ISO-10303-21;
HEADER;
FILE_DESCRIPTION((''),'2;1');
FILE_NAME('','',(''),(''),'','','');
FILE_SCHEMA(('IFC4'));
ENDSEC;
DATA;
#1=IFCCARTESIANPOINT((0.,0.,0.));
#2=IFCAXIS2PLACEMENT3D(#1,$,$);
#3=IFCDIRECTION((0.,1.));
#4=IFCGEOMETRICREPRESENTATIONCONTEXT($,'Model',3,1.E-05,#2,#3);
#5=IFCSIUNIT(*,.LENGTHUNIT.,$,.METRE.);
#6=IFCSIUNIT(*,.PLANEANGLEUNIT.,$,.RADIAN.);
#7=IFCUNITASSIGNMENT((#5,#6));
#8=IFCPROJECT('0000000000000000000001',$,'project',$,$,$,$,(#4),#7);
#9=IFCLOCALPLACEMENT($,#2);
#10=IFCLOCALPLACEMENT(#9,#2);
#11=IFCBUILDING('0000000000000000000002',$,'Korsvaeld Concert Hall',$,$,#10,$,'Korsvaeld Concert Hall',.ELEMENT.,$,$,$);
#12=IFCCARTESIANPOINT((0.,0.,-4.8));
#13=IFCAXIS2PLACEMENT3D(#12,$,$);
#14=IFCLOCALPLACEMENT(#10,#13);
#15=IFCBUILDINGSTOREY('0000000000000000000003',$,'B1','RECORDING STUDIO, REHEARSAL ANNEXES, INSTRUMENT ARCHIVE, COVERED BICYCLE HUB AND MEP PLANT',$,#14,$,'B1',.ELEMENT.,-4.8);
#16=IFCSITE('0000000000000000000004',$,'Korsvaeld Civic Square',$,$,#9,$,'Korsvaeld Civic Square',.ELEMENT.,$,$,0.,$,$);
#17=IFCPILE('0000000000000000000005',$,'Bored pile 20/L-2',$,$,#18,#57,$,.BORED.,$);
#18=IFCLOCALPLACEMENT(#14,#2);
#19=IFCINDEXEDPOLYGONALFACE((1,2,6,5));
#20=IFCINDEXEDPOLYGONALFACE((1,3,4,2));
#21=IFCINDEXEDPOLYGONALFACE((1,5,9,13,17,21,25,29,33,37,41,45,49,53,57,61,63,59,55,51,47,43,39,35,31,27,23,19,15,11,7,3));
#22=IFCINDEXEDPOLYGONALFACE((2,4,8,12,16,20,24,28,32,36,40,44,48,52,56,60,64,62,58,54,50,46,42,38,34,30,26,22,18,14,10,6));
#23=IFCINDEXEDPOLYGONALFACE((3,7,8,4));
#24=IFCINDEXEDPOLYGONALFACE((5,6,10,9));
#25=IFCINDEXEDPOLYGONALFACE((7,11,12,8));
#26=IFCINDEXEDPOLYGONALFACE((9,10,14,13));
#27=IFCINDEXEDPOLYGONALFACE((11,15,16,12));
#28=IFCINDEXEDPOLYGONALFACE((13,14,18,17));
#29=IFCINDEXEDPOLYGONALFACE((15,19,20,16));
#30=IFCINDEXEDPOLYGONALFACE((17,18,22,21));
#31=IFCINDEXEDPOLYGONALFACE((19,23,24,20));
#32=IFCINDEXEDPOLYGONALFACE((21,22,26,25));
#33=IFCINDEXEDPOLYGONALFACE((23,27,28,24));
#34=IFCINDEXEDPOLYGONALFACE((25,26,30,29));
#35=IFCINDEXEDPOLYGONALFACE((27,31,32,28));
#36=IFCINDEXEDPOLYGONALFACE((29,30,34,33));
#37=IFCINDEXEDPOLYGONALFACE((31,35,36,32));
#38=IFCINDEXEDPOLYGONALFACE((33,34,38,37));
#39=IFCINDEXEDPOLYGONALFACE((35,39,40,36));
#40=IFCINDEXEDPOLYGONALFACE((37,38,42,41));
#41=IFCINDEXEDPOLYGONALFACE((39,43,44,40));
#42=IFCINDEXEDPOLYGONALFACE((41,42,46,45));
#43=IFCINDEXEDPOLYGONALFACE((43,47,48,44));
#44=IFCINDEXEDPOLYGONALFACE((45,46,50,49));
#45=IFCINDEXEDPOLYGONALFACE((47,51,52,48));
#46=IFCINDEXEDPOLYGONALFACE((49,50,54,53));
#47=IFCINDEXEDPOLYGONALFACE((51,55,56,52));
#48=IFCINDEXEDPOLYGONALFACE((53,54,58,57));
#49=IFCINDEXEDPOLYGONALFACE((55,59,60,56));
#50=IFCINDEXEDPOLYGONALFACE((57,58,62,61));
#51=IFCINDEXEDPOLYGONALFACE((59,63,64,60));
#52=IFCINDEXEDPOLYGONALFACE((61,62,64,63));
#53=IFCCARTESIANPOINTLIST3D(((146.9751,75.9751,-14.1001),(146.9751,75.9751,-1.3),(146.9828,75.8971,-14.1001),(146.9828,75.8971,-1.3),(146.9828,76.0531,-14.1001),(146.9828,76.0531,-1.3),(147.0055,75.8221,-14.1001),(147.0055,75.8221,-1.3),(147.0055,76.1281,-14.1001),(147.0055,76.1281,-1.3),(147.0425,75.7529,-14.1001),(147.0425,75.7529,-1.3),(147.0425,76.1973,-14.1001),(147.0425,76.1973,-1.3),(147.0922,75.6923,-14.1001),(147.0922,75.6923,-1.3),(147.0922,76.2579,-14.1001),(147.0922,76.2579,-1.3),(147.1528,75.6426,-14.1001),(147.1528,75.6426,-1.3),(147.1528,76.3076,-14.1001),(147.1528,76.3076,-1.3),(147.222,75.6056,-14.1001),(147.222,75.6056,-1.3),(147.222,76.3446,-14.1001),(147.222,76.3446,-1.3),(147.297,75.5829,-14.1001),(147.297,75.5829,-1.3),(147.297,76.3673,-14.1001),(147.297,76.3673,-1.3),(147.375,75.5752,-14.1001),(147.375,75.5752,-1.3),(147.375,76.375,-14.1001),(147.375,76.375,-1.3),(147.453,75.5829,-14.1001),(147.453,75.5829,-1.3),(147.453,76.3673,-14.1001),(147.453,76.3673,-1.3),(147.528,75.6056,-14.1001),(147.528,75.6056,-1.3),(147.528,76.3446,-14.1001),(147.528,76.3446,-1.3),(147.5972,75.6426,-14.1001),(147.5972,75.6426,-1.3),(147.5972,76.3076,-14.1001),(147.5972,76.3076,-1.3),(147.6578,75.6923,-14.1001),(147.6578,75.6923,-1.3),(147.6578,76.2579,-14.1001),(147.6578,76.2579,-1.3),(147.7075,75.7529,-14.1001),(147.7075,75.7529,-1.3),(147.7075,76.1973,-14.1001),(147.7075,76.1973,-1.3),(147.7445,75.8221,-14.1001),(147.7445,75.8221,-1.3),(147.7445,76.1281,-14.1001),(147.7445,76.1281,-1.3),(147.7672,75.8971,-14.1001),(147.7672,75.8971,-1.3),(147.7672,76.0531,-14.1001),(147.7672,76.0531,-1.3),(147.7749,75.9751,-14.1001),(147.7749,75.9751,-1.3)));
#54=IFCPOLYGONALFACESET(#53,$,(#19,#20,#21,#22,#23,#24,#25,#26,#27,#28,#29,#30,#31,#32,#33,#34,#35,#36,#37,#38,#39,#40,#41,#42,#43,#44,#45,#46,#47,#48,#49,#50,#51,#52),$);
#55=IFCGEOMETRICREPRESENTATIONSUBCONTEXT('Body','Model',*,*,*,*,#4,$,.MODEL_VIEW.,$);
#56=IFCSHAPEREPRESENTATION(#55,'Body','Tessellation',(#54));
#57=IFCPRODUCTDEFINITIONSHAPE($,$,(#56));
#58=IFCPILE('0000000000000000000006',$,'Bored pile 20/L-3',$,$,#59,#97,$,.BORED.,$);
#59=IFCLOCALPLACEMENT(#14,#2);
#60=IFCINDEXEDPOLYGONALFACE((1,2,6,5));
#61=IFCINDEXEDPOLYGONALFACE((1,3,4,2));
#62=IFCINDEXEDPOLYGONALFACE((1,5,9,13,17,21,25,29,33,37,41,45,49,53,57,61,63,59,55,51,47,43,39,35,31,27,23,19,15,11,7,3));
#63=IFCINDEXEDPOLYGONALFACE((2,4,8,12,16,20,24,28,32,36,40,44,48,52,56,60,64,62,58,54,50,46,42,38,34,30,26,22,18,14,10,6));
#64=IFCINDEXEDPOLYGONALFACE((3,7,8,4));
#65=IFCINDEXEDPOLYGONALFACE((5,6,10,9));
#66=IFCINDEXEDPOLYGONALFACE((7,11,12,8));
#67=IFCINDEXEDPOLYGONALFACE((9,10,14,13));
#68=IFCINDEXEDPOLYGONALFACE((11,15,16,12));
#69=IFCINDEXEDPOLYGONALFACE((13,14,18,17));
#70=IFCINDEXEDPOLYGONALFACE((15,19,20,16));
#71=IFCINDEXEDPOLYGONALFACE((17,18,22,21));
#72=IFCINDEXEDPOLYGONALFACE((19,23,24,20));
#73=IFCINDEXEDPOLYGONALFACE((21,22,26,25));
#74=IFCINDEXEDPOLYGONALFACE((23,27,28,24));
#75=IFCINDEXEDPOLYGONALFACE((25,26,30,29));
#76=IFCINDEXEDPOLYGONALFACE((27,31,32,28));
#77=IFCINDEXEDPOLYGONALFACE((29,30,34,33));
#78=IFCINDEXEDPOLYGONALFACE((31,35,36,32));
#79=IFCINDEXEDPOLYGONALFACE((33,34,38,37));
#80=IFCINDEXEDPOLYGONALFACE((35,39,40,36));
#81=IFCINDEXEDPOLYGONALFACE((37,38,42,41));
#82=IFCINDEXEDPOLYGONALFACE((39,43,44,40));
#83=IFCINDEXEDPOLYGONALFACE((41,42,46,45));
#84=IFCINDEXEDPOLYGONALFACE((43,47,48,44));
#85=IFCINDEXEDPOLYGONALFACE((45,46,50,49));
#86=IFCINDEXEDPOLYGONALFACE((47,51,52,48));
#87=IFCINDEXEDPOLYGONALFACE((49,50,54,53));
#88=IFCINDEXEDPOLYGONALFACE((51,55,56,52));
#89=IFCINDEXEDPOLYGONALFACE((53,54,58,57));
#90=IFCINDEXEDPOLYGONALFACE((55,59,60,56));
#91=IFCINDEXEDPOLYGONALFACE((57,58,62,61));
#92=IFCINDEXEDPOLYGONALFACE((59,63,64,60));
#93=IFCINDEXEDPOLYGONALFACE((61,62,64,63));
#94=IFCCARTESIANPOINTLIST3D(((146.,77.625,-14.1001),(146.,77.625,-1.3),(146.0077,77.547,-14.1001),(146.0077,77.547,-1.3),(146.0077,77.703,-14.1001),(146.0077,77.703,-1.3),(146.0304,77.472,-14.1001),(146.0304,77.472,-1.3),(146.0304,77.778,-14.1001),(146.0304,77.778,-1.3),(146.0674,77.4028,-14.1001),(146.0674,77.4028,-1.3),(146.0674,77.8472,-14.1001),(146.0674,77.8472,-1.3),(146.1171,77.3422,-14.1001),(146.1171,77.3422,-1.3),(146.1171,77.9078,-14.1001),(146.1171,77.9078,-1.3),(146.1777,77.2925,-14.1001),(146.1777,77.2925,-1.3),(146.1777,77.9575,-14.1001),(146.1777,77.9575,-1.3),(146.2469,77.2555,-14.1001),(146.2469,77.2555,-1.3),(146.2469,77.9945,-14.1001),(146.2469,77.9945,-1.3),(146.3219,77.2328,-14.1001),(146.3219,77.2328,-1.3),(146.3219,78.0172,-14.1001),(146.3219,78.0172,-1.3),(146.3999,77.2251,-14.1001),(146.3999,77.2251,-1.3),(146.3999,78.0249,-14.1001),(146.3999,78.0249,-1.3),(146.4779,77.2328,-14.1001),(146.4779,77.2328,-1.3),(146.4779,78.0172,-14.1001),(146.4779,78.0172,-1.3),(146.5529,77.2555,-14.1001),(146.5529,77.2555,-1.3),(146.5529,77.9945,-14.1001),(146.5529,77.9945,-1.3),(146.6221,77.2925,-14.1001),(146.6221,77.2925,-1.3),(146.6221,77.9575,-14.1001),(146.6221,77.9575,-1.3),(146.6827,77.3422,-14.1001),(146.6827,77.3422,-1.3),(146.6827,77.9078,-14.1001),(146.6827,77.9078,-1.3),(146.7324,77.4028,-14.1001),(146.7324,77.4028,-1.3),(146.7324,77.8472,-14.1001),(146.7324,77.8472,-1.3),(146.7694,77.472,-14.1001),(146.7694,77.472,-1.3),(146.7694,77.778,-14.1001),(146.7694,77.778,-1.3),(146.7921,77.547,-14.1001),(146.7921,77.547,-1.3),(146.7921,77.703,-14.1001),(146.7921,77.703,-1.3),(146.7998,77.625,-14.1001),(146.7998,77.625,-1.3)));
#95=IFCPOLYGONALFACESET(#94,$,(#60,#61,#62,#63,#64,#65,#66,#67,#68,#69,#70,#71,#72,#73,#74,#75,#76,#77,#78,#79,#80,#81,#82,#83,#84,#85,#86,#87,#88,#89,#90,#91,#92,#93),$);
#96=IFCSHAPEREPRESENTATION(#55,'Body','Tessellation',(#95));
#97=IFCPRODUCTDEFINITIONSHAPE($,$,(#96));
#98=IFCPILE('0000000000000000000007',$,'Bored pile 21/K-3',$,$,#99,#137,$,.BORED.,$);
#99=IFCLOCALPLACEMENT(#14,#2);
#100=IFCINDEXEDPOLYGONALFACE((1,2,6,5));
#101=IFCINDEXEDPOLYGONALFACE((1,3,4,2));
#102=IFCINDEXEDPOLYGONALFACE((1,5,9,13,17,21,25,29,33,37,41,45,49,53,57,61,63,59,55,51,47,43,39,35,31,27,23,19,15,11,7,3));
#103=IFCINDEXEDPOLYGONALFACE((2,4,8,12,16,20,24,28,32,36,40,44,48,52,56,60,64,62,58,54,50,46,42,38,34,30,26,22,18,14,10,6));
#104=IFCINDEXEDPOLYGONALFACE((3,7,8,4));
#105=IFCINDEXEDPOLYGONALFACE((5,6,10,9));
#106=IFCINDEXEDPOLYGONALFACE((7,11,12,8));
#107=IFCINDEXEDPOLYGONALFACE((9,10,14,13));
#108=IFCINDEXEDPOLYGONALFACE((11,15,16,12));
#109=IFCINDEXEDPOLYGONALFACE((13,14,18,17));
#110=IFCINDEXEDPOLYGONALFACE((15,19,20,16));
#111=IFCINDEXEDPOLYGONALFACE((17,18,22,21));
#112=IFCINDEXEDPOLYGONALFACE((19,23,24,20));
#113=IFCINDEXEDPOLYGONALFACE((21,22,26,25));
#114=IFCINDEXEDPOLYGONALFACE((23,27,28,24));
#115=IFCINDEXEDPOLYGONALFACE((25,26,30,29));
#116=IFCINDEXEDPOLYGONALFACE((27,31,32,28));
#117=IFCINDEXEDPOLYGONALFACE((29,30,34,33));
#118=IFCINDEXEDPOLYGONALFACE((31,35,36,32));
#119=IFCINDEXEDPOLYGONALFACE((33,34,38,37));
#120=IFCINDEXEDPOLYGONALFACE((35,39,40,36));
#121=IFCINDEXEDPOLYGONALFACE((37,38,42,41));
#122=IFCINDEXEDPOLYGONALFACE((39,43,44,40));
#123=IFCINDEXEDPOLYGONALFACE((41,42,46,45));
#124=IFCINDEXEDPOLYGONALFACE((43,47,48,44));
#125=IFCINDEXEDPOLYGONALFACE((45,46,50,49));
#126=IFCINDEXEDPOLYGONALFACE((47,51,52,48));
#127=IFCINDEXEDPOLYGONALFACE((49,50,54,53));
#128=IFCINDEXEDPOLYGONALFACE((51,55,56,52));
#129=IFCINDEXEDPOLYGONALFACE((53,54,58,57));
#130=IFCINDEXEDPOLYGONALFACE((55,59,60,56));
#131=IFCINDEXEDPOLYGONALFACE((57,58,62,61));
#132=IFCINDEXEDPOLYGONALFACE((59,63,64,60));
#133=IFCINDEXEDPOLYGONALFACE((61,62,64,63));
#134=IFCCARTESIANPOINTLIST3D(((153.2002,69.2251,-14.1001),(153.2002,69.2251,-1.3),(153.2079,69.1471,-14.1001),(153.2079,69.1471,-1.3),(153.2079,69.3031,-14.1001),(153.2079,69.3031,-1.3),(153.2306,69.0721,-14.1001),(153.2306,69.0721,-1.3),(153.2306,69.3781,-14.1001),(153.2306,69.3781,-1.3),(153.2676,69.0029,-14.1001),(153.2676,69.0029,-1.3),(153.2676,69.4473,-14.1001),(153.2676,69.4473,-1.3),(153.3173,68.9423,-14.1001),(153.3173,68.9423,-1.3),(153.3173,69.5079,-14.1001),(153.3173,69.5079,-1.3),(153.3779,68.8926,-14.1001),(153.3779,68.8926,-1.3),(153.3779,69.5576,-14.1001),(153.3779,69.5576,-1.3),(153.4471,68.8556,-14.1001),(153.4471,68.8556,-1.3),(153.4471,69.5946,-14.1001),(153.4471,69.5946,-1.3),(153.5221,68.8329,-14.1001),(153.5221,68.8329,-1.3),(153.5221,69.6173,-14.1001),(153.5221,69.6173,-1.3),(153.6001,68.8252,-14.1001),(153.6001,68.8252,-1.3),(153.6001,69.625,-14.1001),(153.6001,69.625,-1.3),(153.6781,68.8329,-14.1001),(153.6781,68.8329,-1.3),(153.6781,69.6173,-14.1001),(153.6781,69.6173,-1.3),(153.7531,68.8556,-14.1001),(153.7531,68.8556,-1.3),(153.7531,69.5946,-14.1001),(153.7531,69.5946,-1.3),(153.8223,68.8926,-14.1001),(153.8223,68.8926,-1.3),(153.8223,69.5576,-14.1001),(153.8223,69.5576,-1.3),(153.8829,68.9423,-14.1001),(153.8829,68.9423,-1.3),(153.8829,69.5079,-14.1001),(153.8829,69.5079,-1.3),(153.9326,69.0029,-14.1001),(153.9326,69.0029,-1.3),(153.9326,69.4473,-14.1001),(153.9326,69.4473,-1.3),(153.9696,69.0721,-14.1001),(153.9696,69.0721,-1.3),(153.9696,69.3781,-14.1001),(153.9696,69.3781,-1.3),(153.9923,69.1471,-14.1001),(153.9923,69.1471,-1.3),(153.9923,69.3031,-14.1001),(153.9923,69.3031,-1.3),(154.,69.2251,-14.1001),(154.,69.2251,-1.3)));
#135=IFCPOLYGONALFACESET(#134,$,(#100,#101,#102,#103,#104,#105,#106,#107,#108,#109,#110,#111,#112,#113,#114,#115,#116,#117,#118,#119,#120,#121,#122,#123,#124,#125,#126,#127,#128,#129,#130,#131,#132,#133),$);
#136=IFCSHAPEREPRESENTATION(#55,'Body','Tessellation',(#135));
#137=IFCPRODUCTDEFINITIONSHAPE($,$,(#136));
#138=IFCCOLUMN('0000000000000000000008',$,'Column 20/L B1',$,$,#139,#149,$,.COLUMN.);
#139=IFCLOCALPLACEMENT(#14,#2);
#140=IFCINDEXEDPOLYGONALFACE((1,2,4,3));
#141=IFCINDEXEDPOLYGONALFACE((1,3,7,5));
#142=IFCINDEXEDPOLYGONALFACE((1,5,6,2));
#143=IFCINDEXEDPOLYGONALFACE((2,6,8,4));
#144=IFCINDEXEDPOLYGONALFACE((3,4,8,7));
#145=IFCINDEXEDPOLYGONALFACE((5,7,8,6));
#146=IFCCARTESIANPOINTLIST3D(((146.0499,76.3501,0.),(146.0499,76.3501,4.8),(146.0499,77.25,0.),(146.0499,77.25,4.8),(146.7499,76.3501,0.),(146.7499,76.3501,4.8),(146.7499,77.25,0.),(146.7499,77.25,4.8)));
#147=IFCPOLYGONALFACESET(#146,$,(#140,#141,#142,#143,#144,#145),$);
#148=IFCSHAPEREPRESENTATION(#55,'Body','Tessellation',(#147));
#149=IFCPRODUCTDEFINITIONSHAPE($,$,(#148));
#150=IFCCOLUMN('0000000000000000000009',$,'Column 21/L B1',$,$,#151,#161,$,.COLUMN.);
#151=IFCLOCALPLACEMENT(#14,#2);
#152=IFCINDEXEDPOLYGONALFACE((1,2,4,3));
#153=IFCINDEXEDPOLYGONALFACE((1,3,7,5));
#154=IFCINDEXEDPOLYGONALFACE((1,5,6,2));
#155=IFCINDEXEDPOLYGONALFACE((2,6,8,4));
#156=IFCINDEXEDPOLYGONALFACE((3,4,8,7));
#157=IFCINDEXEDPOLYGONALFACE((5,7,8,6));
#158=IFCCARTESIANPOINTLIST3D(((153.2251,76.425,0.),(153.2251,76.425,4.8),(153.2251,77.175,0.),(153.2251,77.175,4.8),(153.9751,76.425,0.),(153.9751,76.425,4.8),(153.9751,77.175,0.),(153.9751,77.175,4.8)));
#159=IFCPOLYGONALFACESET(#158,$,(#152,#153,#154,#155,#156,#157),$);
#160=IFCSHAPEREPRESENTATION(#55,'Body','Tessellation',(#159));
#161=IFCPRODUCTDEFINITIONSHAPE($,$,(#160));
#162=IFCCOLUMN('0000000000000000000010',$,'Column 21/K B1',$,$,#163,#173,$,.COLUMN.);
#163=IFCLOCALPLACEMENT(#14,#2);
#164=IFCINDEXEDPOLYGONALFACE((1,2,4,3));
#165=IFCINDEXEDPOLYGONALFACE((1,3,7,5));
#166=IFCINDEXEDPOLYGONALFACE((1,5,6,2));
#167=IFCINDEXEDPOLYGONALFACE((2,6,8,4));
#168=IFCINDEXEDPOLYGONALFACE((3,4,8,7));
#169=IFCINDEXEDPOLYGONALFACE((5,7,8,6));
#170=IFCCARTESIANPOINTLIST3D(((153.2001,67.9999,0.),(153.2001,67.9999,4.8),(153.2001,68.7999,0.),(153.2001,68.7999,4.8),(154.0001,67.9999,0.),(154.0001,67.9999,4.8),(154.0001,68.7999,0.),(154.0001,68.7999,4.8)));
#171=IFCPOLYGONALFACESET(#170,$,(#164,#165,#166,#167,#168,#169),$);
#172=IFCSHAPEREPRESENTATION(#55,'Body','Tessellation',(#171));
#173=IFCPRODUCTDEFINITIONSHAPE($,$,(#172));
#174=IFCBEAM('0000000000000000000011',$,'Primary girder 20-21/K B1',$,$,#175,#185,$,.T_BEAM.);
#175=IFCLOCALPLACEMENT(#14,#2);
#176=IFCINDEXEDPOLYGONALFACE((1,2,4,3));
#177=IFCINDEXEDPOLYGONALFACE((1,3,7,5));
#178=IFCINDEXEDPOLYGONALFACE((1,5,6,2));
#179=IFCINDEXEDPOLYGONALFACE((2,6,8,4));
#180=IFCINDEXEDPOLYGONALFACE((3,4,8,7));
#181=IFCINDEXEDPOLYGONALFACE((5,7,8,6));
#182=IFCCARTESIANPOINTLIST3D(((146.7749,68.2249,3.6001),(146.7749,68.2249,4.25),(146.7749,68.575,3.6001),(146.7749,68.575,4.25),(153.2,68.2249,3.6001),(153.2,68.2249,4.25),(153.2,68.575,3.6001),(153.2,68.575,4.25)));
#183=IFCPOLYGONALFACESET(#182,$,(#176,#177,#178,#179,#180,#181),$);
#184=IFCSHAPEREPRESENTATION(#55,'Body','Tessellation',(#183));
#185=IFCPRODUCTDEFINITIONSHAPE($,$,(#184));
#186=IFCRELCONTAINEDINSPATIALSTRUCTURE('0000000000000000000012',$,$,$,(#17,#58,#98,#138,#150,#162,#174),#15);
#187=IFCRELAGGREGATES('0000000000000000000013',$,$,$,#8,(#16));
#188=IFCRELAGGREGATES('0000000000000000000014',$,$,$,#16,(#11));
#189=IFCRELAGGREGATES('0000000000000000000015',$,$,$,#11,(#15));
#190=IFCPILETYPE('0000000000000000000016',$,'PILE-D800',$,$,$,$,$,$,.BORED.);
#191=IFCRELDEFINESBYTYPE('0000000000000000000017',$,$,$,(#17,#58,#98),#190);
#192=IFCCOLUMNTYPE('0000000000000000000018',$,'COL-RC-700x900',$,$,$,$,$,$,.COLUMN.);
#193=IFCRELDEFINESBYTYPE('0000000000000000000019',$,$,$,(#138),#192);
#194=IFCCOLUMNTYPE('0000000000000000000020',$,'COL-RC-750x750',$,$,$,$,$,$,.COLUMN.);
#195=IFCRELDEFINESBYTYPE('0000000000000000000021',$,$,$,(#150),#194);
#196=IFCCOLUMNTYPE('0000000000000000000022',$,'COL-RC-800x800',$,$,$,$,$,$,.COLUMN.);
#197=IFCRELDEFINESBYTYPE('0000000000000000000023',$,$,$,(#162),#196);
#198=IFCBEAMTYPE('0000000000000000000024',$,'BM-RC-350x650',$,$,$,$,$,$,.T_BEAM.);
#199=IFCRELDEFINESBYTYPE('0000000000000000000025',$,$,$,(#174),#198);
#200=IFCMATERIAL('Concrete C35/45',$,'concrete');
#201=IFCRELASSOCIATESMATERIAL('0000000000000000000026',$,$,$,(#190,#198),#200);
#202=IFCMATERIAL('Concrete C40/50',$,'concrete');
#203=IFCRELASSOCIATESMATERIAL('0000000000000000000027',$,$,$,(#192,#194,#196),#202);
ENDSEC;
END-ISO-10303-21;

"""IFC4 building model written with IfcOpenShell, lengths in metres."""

from ifc_helpers import new_model, si_unit, direction, frame, origin, origin_2d, place, context, subcontext, project, spatial, rectangle, circle, extrude, material, material_profile, profile_set, type_object, element, save


model = new_model("IFC4")

# Units and contexts
model_context = context("Model", 3, precision=1e-05, world=origin(), true_north=direction((0.0, 1.0)))
body_context = subcontext(model_context, "Body", "Model", "MODEL_VIEW")
ifc_project = project(units=[si_unit("LENGTHUNIT", "METRE"), si_unit("PLANEANGLEUNIT", "RADIAN")], contexts=[model_context])

# Site, building, storey
site_placement = place(None, origin())
site = spatial("IfcSite", under=ifc_project, at=site_placement, Name="Korsvaeld Civic Square", LongName="Korsvaeld Civic Square", CompositionType="ELEMENT", RefElevation=0.0)
building_placement = place(site_placement, origin())
building = spatial("IfcBuilding", under=site, at=building_placement, Name="Korsvaeld Concert Hall", LongName="Korsvaeld Concert Hall", CompositionType="ELEMENT")
storey_placement = place(building_placement, frame((0.0, 0.0, -4.8)))
storey = spatial("IfcBuildingStorey", under=building, at=storey_placement, Name="B1", Description="RECORDING STUDIO, REHEARSAL ANNEXES, INSTRUMENT ARCHIVE, COVERED BICYCLE HUB AND MEP PLANT", LongName="B1", CompositionType="ELEMENT", Elevation=-4.8)

# Shared definitions
ifc_material_1 = material(Name="Concrete C35/45", Category="concrete")

# Piles
ifc_material_profile_1 = material_profile(ifc_material_1, circle(Radius=0.3999, at=origin_2d()), Name="BORED PILE D800")
ifc_profile_set_1 = profile_set([ifc_material_profile_1], Name="Concrete C35/45")
pile_type_1 = type_object("IfcPileType", Name="PILE-D800", PredefinedType="BORED", material=ifc_profile_set_1)
for number, where, z_axis, x_axis, name in (
    (1, (147.375, 75.9751, -1.3), (0.0, 0.0, -1.0), (1.0, 0.0, 0.0), "Bored pile 20/L-2"),
    (2, (146.3999, 77.625, -1.3), (0.0, 0.0, -1.0), (1.0, 0.0, 0.0), "Bored pile 20/L-3"),
    (3, (153.6001, 69.2251, -1.3), (0.0, 0.0, -1.0), (1.0, 0.0, 0.0), "Bored pile 21/K-3"),
):
    element("IfcPile", number, at=place(storey_placement, frame(where, z_axis=z_axis, x_axis=x_axis)), inside=storey, type_object=pile_type_1, Name=name, PredefinedType="BORED", context=body_context, shape_type="SweptSolid", body=[
        extrude(circle(Radius=0.3999, at=origin_2d()), origin(), (0.0, 0.0, 1.0), 12.8),
    ])

# Columns
ifc_material_2 = material(Name="Concrete C40/50", Category="concrete")
ifc_material_profile_2 = material_profile(ifc_material_2, rectangle(XDim=0.7, YDim=0.8999, at=origin_2d()), Name="RC 700x900")
ifc_profile_set_2 = profile_set([ifc_material_profile_2], Name="Concrete C40/50")
column_type_1 = type_object("IfcColumnType", Name="COL-RC-700x900", PredefinedType="COLUMN", material=ifc_profile_set_2)
column_1_placement = place(storey_placement, frame((146.3999, 76.8, 0.0), z_axis=(0.0, 0.0, 1.0), x_axis=(1.0, 0.0, 0.0)))
element("IfcColumn", 4, at=column_1_placement, inside=storey, type_object=column_type_1, Name="Column 20/L B1", PredefinedType="COLUMN", context=body_context, shape_type="SweptSolid", body=[
    extrude(rectangle(XDim=0.7, YDim=0.8999, at=origin_2d()), origin(), (0.0, 0.0, 1.0), 4.8),
])
ifc_material_profile_3 = material_profile(ifc_material_2, rectangle(XDim=0.75, YDim=0.75, at=origin_2d()), Name="RC 750x750")
ifc_profile_set_3 = profile_set([ifc_material_profile_3], Name="Concrete C40/50")
column_type_2 = type_object("IfcColumnType", Name="COL-RC-750x750", PredefinedType="COLUMN", material=ifc_profile_set_3)
column_2_placement = place(storey_placement, frame((153.6001, 76.8, 0.0), z_axis=(0.0, 0.0, 1.0), x_axis=(1.0, 0.0, 0.0)))
element("IfcColumn", 5, at=column_2_placement, inside=storey, type_object=column_type_2, Name="Column 21/L B1", PredefinedType="COLUMN", context=body_context, shape_type="SweptSolid", body=[
    extrude(rectangle(XDim=0.75, YDim=0.75, at=origin_2d()), origin(), (0.0, 0.0, 1.0), 4.8),
])
ifc_material_profile_4 = material_profile(ifc_material_2, rectangle(XDim=0.8, YDim=0.8, at=origin_2d()), Name="RC 800x800")
ifc_profile_set_4 = profile_set([ifc_material_profile_4], Name="Concrete C40/50")
column_type_3 = type_object("IfcColumnType", Name="COL-RC-800x800", PredefinedType="COLUMN", material=ifc_profile_set_4)
column_3_placement = place(storey_placement, frame((153.6001, 68.3999, 0.0), z_axis=(0.0, 0.0, 1.0), x_axis=(1.0, 0.0, 0.0)))
element("IfcColumn", 6, at=column_3_placement, inside=storey, type_object=column_type_3, Name="Column 21/K B1", PredefinedType="COLUMN", context=body_context, shape_type="SweptSolid", body=[
    extrude(rectangle(XDim=0.8, YDim=0.8, at=origin_2d()), origin(), (0.0, 0.0, 1.0), 4.8),
])

# Beam
ifc_material_profile_5 = material_profile(ifc_material_1, rectangle(XDim=0.3501, YDim=0.6499, at=origin_2d()), Name="RC 350x650")
ifc_profile_set_5 = profile_set([ifc_material_profile_5], Name="Concrete C35/45")
beam_type_1 = type_object("IfcBeamType", Name="BM-RC-350x650", PredefinedType="T_BEAM", material=ifc_profile_set_5)
beam_1_placement = place(storey_placement, frame((146.7749, 68.3999, 3.925), z_axis=(1.0, 0.0, 0.0), x_axis=(0.0, 1.0, 0.0)))
element("IfcBeam", 7, at=beam_1_placement, inside=storey, type_object=beam_type_1, Name="Primary girder 20-21/K B1", PredefinedType="T_BEAM", context=body_context, shape_type="SweptSolid", body=[
    extrude(rectangle(XDim=0.3501, YDim=0.6499, at=origin_2d()), origin(), (0.0, 0.0, 1.0), 6.425),
])

save(model, "model.ifc")
